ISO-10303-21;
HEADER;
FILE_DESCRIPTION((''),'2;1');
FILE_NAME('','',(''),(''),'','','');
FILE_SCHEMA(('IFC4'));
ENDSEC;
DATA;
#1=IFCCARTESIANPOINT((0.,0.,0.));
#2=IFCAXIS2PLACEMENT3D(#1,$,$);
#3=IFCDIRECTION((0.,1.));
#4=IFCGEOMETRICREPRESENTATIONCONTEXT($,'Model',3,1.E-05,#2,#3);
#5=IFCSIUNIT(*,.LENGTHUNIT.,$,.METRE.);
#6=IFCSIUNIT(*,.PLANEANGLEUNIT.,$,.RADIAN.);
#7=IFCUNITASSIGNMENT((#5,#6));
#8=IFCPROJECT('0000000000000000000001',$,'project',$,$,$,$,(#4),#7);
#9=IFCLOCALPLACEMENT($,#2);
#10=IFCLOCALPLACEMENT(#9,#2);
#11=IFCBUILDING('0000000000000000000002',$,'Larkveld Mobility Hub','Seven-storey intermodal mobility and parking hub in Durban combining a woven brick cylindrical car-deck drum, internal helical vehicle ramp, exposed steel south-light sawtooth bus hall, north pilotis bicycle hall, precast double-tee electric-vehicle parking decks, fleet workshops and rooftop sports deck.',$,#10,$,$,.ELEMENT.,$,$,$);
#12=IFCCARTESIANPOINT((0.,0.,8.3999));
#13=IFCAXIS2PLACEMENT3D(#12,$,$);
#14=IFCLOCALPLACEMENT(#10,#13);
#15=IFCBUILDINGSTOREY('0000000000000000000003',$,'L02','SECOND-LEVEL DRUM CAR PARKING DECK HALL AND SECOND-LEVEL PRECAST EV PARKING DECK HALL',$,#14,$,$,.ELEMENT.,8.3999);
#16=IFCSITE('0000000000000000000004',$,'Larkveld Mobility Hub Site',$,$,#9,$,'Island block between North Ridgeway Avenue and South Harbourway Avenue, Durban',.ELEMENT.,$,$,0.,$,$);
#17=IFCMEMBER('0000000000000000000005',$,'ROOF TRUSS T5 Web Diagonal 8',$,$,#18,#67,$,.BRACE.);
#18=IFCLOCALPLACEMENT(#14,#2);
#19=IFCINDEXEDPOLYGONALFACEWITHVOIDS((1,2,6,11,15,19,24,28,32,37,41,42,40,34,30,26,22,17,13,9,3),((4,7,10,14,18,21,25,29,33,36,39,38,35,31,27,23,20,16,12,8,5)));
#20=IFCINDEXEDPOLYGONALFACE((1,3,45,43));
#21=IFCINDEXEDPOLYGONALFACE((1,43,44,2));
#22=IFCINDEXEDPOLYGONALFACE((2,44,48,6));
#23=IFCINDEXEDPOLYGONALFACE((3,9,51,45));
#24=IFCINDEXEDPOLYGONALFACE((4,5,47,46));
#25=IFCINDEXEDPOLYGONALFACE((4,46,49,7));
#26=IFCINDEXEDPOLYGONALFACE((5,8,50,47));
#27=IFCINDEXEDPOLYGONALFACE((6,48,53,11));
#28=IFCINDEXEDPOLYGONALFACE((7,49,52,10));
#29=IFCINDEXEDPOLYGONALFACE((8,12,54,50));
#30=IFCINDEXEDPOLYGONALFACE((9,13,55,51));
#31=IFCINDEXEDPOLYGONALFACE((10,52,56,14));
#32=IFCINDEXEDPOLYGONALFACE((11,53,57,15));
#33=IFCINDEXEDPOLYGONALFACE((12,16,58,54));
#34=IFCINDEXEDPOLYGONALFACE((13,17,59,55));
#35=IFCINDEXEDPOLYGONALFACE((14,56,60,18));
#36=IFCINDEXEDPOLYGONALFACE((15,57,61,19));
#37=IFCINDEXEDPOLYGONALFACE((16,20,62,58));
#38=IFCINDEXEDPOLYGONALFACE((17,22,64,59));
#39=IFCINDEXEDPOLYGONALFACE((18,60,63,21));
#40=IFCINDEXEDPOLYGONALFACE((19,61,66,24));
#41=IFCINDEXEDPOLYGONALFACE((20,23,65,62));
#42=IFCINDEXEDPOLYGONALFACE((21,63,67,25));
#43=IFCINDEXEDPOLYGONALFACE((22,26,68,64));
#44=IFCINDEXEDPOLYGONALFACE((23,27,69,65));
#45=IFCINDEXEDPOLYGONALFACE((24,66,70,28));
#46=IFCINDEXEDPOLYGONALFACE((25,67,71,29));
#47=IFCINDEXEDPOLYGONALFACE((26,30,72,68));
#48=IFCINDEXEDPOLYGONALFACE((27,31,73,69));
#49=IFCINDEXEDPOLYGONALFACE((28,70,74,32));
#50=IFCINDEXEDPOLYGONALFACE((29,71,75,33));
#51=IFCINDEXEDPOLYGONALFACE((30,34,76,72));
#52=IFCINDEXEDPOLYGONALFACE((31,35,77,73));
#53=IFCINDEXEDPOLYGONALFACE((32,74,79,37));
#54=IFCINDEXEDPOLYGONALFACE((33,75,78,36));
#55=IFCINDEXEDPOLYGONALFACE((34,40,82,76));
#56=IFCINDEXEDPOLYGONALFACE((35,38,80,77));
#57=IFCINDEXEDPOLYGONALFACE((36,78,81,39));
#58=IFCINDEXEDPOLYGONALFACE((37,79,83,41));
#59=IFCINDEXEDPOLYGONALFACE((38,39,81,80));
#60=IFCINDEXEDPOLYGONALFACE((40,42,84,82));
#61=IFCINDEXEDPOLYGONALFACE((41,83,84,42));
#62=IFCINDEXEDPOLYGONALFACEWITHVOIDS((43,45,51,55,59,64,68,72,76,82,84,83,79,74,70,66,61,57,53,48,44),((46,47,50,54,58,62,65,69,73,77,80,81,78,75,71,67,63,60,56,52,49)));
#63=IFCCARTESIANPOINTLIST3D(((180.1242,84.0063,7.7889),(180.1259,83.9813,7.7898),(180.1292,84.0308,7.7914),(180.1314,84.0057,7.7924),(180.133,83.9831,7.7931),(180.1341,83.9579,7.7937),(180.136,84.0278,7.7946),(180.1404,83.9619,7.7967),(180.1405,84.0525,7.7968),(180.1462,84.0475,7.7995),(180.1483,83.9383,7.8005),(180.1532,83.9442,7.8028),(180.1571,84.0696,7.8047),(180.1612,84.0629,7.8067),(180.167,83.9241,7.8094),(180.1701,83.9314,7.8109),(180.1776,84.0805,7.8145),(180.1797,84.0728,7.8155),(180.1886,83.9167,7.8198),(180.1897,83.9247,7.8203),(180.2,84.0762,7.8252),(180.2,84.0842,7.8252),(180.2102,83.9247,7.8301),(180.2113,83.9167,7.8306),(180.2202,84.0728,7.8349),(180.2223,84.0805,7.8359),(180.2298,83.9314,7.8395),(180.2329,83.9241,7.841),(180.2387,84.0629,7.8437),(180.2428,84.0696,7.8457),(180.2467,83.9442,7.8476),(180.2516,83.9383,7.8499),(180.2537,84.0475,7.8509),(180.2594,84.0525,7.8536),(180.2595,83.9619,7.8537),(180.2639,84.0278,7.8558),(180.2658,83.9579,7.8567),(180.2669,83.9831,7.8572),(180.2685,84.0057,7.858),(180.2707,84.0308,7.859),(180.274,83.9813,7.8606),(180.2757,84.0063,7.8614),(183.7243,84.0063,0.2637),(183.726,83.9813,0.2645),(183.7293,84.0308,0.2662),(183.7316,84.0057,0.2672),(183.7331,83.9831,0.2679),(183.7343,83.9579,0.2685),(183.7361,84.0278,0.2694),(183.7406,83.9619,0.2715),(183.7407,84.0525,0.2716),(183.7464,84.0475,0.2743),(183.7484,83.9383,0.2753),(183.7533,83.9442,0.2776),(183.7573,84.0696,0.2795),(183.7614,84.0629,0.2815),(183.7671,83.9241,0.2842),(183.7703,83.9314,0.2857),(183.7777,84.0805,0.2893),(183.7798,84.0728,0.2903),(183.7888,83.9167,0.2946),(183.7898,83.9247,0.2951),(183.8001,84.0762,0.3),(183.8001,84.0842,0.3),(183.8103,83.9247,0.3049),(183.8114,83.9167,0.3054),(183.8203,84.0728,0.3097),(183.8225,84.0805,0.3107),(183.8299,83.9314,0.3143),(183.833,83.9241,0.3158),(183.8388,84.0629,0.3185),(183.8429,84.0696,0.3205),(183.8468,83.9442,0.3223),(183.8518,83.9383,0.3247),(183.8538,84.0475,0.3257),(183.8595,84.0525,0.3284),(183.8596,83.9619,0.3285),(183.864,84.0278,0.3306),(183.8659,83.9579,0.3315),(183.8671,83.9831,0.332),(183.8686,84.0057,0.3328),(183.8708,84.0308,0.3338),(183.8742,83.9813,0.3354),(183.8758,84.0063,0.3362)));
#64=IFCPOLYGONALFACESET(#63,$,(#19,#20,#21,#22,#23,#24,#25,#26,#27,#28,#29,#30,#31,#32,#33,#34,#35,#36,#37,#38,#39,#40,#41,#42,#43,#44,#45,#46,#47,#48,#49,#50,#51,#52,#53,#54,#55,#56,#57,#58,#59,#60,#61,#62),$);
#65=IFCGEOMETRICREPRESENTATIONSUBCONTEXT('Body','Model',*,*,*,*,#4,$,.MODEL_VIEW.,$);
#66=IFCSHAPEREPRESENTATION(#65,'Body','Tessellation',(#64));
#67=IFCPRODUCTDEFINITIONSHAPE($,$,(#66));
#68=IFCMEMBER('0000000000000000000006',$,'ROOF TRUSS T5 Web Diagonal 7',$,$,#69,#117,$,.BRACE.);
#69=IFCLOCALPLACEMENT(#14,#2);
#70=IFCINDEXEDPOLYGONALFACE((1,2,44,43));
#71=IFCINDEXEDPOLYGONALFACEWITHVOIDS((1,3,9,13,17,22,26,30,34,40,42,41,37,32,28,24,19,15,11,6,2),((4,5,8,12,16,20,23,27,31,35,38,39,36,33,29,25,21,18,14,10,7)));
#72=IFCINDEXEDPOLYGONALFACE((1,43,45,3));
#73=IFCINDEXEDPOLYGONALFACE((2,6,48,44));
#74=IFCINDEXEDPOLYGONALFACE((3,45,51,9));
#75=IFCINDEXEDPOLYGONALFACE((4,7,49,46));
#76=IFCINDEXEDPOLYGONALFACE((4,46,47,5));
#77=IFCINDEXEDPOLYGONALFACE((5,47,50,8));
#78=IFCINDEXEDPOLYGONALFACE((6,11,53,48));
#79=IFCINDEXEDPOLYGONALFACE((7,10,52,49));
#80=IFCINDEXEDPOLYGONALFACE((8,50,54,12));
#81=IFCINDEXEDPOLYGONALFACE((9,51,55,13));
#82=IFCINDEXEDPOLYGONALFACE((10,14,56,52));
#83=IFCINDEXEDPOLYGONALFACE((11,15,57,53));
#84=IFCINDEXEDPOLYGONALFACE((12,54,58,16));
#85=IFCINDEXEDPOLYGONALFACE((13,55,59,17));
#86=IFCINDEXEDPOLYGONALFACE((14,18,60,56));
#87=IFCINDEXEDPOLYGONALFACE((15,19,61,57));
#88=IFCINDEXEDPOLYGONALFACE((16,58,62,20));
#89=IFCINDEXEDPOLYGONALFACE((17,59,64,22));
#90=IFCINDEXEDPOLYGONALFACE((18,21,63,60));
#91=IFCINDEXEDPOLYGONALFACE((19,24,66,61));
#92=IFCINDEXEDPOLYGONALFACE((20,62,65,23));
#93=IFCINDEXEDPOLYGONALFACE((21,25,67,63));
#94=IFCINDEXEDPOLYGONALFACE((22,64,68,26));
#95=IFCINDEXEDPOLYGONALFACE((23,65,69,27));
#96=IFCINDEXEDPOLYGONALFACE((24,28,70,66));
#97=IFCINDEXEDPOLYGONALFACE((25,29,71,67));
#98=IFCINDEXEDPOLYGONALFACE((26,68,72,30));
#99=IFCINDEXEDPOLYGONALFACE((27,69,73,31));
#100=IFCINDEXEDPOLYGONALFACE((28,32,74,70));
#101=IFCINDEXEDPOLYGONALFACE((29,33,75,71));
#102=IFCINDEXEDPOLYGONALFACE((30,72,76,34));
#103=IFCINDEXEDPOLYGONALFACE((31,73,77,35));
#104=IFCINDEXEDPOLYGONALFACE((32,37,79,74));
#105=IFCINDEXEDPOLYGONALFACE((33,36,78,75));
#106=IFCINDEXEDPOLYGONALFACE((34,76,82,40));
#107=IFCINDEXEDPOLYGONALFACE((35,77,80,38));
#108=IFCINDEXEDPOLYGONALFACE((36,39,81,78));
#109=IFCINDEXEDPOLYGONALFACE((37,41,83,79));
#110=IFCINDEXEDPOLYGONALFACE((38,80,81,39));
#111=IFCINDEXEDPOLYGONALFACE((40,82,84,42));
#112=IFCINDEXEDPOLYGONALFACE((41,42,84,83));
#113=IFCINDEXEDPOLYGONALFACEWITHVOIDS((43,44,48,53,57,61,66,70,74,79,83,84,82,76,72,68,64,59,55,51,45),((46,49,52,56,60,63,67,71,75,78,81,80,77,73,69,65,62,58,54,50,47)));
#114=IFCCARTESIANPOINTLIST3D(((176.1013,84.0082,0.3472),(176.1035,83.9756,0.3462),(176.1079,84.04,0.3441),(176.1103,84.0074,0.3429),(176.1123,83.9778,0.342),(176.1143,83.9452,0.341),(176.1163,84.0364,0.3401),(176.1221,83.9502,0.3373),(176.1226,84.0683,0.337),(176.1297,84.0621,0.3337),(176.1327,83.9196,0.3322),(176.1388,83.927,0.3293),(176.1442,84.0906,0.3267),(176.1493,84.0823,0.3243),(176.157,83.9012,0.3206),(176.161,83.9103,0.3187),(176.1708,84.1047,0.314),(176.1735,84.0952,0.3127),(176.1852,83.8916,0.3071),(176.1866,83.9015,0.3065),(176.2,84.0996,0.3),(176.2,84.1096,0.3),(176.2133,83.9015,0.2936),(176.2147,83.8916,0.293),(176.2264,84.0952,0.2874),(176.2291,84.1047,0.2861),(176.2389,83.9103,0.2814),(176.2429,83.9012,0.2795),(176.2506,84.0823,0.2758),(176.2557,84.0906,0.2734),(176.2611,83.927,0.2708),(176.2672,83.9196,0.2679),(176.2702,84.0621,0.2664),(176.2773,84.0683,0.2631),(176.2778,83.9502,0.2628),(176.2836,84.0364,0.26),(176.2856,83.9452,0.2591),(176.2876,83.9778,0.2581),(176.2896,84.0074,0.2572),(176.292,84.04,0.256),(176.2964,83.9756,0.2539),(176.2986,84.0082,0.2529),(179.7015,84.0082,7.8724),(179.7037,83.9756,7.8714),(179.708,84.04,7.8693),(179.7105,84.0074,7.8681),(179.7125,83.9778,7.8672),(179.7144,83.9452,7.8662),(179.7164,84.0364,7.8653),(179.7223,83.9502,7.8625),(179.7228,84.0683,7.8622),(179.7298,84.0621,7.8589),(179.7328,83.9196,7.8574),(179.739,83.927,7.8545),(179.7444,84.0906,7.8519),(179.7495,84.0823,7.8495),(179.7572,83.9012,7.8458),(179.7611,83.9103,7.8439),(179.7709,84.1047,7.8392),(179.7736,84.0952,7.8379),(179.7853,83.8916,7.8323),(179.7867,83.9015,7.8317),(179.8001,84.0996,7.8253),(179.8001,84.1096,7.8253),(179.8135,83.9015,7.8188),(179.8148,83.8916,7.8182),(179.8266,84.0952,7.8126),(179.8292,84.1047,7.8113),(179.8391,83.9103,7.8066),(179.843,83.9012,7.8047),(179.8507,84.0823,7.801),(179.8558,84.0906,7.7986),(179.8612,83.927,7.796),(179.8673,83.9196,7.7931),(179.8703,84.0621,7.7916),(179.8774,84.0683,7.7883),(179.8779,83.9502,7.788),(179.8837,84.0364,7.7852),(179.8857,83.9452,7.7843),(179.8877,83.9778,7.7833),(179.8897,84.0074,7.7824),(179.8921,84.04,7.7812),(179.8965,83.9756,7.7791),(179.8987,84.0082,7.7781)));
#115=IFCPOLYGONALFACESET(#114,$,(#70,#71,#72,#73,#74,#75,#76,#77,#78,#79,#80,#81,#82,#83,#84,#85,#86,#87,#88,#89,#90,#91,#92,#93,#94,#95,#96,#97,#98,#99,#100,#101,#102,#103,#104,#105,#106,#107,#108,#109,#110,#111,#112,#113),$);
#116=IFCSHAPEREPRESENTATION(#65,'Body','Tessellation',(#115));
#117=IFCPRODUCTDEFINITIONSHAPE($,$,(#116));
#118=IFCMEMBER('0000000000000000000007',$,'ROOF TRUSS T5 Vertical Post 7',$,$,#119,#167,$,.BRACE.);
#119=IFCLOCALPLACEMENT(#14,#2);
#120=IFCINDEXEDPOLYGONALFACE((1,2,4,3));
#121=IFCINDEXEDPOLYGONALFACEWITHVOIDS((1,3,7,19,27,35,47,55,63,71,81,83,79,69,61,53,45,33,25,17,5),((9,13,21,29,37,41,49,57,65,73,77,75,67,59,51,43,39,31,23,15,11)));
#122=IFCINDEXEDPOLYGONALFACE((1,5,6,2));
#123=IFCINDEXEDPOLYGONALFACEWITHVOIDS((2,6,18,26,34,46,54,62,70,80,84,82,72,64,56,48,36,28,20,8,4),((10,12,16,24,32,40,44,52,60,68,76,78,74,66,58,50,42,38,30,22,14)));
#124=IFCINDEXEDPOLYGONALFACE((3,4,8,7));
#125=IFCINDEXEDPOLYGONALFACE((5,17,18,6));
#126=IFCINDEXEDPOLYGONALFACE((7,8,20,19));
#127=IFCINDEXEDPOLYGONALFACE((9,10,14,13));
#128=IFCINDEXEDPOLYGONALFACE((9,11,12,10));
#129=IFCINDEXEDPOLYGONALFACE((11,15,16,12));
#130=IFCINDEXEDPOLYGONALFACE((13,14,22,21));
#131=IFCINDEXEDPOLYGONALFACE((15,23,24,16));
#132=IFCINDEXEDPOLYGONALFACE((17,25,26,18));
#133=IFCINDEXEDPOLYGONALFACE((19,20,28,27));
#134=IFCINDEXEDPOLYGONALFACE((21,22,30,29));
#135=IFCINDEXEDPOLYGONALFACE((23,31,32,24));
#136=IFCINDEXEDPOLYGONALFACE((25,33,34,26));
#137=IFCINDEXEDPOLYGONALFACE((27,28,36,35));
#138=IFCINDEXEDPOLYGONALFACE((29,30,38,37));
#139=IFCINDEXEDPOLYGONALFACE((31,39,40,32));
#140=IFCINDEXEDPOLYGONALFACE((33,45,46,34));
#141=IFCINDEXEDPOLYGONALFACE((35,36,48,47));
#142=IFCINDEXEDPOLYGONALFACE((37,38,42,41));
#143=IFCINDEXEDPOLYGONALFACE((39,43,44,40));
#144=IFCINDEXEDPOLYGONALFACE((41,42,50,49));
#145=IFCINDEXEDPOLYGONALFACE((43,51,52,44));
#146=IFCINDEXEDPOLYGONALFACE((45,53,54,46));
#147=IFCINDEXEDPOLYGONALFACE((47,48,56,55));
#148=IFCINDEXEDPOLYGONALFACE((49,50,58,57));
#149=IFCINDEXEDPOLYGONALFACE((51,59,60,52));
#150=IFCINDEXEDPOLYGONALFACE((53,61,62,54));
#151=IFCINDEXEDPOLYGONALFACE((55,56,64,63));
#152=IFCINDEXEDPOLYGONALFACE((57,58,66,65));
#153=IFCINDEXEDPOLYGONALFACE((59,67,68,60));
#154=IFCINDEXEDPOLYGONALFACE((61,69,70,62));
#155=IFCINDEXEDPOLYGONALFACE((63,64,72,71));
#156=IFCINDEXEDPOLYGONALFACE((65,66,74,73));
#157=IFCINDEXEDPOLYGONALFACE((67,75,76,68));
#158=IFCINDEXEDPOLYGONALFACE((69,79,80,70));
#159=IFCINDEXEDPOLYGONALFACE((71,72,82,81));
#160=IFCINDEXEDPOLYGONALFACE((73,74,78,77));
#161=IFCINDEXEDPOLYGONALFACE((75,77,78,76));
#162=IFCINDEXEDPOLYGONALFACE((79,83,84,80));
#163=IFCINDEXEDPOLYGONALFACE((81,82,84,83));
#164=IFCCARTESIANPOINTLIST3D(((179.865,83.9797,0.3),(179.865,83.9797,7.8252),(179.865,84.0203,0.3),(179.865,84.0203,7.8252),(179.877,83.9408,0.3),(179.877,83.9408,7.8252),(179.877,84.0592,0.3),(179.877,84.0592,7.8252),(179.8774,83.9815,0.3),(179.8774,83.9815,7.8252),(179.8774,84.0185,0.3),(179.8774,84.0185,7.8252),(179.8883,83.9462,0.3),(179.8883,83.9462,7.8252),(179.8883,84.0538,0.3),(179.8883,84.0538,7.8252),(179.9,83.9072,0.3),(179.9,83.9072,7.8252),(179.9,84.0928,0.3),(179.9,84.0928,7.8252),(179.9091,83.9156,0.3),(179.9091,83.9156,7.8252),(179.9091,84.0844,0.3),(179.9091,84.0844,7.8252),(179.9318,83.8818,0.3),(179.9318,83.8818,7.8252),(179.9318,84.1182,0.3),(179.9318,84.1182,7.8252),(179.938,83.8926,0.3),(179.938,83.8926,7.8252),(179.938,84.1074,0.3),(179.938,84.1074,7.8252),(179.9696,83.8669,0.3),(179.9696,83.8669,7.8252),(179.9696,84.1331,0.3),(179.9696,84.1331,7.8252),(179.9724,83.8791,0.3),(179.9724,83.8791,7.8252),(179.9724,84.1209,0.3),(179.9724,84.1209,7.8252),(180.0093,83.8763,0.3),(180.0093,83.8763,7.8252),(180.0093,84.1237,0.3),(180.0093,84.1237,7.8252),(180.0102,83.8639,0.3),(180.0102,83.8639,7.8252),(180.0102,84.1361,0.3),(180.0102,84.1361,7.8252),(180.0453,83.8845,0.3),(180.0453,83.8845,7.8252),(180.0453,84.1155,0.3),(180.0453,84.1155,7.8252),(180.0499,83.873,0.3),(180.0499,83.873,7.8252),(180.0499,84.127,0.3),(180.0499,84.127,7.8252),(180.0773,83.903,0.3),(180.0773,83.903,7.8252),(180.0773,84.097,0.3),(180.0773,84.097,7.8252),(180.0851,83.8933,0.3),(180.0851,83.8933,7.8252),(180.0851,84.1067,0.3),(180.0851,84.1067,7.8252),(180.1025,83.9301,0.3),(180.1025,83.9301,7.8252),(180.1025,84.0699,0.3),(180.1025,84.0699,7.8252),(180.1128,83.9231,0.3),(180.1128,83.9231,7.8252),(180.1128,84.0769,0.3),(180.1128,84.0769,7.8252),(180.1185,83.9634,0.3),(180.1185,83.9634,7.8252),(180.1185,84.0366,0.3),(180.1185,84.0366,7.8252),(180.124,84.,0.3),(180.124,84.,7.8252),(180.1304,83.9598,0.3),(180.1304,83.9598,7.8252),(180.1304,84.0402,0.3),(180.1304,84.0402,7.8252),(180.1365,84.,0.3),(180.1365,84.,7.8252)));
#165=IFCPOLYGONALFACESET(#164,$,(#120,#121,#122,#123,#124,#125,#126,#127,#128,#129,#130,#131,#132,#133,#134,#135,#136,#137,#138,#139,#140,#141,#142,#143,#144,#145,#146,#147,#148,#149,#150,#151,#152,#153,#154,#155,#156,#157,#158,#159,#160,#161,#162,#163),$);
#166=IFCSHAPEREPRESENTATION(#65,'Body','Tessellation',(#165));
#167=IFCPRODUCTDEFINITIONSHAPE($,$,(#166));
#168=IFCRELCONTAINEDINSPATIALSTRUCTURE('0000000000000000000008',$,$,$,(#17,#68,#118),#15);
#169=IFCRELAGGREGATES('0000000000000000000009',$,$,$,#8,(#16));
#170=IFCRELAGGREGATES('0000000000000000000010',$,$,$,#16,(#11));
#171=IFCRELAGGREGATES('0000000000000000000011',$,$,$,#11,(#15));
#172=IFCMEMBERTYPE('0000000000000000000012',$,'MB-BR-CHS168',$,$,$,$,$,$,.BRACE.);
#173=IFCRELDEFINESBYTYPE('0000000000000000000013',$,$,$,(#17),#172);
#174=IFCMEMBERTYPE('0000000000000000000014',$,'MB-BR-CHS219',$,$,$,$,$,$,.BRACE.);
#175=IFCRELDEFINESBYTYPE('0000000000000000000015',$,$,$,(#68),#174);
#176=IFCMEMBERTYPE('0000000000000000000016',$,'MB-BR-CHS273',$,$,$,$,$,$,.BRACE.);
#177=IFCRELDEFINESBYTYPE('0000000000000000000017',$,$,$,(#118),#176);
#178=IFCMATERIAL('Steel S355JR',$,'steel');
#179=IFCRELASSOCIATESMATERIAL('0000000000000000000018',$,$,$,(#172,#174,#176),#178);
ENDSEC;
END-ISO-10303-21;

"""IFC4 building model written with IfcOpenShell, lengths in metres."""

from ifc_helpers import new_model, si_unit, direction, frame, origin, origin_2d, place, context, subcontext, project, spatial, hollow_circle, extrude, material, material_profile, profile_set, type_object, element, save


model = new_model("IFC4")

# Units and contexts
model_context = context("Model", 3, precision=1e-05, world=origin(), true_north=direction((0.0, 1.0)))
body_context = subcontext(model_context, "Body", "Model", "MODEL_VIEW")
ifc_project = project(units=[si_unit("LENGTHUNIT", "METRE"), si_unit("PLANEANGLEUNIT", "RADIAN")], contexts=[model_context])

# Site, building, storey
site_placement = place(None, origin())
site = spatial("IfcSite", under=ifc_project, at=site_placement, Name="Larkveld Mobility Hub Site", LongName="Island block between North Ridgeway Avenue and South Harbourway Avenue, Durban", CompositionType="ELEMENT", RefElevation=0.0)
building_placement = place(site_placement, origin())
building = spatial("IfcBuilding", under=site, at=building_placement, Name="Larkveld Mobility Hub", Description="Seven-storey intermodal mobility and parking hub in Durban combining a woven brick cylindrical car-deck drum, internal helical vehicle ramp, exposed steel south-light sawtooth bus hall, north pilotis bicycle hall, precast double-tee electric-vehicle parking decks, fleet workshops and rooftop sports deck.", CompositionType="ELEMENT")
storey_placement = place(building_placement, frame((0.0, 0.0, 8.3999)))
storey = spatial("IfcBuildingStorey", under=building, at=storey_placement, Name="L02", Description="SECOND-LEVEL DRUM CAR PARKING DECK HALL AND SECOND-LEVEL PRECAST EV PARKING DECK HALL", CompositionType="ELEMENT", Elevation=8.3999)

# Shared definitions
ifc_material_1 = material(Name="Steel S355JR", Category="steel")

# Members
ifc_material_profile_1 = material_profile(ifc_material_1, hollow_circle(Radius=0.0842, WallThickness=0.0081, at=origin_2d()), Name="CHS 168.3x8")
ifc_profile_set_1 = profile_set([ifc_material_profile_1], Name="Steel S355JR")
member_type_1 = type_object("IfcMemberType", Name="MB-BR-CHS168", PredefinedType="BRACE", material=ifc_profile_set_1)
member_1_placement = place(storey_placement, frame((180.2, 84.0, 7.8252), z_axis=(0.431564, 0.0, -0.902082), x_axis=(0.0, 1.0, 0.0)))
element("IfcMember", 1, at=member_1_placement, inside=storey, type_object=member_type_1, Name="ROOF TRUSS T5 Web Diagonal 8", PredefinedType="BRACE", context=body_context, shape_type="SweptSolid", body=[
    extrude(hollow_circle(Radius=0.0842, WallThickness=0.0081, at=origin_2d()), origin(), (0.0, 0.0, 1.0), 8.342),
])
ifc_material_profile_2 = material_profile(ifc_material_1, hollow_circle(Radius=0.1096, WallThickness=0.01, at=origin_2d()), Name="CHS 219.1x10")
ifc_profile_set_2 = profile_set([ifc_material_profile_2], Name="Steel S355JR")
member_type_2 = type_object("IfcMemberType", Name="MB-BR-CHS219", PredefinedType="BRACE", material=ifc_profile_set_2)
member_2_placement = place(storey_placement, frame((176.2, 84.0, 0.3), z_axis=(0.431564, 0.0, 0.902082), x_axis=(0.0, 1.0, 0.0)))
element("IfcMember", 2, at=member_2_placement, inside=storey, type_object=member_type_2, Name="ROOF TRUSS T5 Web Diagonal 7", PredefinedType="BRACE", context=body_context, shape_type="SweptSolid", body=[
    extrude(hollow_circle(Radius=0.1096, WallThickness=0.01, at=origin_2d()), origin(), (0.0, 0.0, 1.0), 8.342),
])
ifc_material_profile_3 = material_profile(ifc_material_1, hollow_circle(Radius=0.1365, WallThickness=0.0125, at=origin_2d()), Name="CHS 273x12.5")
ifc_profile_set_3 = profile_set([ifc_material_profile_3], Name="Steel S355JR")
member_type_3 = type_object("IfcMemberType", Name="MB-BR-CHS273", PredefinedType="BRACE", material=ifc_profile_set_3)
member_3_placement = place(storey_placement, frame((180.0, 84.0, 0.3), z_axis=(0.0, 0.0, 1.0), x_axis=(1.0, 0.0, 0.0)))
element("IfcMember", 3, at=member_3_placement, inside=storey, type_object=member_type_3, Name="ROOF TRUSS T5 Vertical Post 7", PredefinedType="BRACE", context=body_context, shape_type="SweptSolid", body=[
    extrude(hollow_circle(Radius=0.1365, WallThickness=0.0125, at=origin_2d()), origin(), (0.0, 0.0, 1.0), 7.5251),
])

save(model, "model.ifc")
